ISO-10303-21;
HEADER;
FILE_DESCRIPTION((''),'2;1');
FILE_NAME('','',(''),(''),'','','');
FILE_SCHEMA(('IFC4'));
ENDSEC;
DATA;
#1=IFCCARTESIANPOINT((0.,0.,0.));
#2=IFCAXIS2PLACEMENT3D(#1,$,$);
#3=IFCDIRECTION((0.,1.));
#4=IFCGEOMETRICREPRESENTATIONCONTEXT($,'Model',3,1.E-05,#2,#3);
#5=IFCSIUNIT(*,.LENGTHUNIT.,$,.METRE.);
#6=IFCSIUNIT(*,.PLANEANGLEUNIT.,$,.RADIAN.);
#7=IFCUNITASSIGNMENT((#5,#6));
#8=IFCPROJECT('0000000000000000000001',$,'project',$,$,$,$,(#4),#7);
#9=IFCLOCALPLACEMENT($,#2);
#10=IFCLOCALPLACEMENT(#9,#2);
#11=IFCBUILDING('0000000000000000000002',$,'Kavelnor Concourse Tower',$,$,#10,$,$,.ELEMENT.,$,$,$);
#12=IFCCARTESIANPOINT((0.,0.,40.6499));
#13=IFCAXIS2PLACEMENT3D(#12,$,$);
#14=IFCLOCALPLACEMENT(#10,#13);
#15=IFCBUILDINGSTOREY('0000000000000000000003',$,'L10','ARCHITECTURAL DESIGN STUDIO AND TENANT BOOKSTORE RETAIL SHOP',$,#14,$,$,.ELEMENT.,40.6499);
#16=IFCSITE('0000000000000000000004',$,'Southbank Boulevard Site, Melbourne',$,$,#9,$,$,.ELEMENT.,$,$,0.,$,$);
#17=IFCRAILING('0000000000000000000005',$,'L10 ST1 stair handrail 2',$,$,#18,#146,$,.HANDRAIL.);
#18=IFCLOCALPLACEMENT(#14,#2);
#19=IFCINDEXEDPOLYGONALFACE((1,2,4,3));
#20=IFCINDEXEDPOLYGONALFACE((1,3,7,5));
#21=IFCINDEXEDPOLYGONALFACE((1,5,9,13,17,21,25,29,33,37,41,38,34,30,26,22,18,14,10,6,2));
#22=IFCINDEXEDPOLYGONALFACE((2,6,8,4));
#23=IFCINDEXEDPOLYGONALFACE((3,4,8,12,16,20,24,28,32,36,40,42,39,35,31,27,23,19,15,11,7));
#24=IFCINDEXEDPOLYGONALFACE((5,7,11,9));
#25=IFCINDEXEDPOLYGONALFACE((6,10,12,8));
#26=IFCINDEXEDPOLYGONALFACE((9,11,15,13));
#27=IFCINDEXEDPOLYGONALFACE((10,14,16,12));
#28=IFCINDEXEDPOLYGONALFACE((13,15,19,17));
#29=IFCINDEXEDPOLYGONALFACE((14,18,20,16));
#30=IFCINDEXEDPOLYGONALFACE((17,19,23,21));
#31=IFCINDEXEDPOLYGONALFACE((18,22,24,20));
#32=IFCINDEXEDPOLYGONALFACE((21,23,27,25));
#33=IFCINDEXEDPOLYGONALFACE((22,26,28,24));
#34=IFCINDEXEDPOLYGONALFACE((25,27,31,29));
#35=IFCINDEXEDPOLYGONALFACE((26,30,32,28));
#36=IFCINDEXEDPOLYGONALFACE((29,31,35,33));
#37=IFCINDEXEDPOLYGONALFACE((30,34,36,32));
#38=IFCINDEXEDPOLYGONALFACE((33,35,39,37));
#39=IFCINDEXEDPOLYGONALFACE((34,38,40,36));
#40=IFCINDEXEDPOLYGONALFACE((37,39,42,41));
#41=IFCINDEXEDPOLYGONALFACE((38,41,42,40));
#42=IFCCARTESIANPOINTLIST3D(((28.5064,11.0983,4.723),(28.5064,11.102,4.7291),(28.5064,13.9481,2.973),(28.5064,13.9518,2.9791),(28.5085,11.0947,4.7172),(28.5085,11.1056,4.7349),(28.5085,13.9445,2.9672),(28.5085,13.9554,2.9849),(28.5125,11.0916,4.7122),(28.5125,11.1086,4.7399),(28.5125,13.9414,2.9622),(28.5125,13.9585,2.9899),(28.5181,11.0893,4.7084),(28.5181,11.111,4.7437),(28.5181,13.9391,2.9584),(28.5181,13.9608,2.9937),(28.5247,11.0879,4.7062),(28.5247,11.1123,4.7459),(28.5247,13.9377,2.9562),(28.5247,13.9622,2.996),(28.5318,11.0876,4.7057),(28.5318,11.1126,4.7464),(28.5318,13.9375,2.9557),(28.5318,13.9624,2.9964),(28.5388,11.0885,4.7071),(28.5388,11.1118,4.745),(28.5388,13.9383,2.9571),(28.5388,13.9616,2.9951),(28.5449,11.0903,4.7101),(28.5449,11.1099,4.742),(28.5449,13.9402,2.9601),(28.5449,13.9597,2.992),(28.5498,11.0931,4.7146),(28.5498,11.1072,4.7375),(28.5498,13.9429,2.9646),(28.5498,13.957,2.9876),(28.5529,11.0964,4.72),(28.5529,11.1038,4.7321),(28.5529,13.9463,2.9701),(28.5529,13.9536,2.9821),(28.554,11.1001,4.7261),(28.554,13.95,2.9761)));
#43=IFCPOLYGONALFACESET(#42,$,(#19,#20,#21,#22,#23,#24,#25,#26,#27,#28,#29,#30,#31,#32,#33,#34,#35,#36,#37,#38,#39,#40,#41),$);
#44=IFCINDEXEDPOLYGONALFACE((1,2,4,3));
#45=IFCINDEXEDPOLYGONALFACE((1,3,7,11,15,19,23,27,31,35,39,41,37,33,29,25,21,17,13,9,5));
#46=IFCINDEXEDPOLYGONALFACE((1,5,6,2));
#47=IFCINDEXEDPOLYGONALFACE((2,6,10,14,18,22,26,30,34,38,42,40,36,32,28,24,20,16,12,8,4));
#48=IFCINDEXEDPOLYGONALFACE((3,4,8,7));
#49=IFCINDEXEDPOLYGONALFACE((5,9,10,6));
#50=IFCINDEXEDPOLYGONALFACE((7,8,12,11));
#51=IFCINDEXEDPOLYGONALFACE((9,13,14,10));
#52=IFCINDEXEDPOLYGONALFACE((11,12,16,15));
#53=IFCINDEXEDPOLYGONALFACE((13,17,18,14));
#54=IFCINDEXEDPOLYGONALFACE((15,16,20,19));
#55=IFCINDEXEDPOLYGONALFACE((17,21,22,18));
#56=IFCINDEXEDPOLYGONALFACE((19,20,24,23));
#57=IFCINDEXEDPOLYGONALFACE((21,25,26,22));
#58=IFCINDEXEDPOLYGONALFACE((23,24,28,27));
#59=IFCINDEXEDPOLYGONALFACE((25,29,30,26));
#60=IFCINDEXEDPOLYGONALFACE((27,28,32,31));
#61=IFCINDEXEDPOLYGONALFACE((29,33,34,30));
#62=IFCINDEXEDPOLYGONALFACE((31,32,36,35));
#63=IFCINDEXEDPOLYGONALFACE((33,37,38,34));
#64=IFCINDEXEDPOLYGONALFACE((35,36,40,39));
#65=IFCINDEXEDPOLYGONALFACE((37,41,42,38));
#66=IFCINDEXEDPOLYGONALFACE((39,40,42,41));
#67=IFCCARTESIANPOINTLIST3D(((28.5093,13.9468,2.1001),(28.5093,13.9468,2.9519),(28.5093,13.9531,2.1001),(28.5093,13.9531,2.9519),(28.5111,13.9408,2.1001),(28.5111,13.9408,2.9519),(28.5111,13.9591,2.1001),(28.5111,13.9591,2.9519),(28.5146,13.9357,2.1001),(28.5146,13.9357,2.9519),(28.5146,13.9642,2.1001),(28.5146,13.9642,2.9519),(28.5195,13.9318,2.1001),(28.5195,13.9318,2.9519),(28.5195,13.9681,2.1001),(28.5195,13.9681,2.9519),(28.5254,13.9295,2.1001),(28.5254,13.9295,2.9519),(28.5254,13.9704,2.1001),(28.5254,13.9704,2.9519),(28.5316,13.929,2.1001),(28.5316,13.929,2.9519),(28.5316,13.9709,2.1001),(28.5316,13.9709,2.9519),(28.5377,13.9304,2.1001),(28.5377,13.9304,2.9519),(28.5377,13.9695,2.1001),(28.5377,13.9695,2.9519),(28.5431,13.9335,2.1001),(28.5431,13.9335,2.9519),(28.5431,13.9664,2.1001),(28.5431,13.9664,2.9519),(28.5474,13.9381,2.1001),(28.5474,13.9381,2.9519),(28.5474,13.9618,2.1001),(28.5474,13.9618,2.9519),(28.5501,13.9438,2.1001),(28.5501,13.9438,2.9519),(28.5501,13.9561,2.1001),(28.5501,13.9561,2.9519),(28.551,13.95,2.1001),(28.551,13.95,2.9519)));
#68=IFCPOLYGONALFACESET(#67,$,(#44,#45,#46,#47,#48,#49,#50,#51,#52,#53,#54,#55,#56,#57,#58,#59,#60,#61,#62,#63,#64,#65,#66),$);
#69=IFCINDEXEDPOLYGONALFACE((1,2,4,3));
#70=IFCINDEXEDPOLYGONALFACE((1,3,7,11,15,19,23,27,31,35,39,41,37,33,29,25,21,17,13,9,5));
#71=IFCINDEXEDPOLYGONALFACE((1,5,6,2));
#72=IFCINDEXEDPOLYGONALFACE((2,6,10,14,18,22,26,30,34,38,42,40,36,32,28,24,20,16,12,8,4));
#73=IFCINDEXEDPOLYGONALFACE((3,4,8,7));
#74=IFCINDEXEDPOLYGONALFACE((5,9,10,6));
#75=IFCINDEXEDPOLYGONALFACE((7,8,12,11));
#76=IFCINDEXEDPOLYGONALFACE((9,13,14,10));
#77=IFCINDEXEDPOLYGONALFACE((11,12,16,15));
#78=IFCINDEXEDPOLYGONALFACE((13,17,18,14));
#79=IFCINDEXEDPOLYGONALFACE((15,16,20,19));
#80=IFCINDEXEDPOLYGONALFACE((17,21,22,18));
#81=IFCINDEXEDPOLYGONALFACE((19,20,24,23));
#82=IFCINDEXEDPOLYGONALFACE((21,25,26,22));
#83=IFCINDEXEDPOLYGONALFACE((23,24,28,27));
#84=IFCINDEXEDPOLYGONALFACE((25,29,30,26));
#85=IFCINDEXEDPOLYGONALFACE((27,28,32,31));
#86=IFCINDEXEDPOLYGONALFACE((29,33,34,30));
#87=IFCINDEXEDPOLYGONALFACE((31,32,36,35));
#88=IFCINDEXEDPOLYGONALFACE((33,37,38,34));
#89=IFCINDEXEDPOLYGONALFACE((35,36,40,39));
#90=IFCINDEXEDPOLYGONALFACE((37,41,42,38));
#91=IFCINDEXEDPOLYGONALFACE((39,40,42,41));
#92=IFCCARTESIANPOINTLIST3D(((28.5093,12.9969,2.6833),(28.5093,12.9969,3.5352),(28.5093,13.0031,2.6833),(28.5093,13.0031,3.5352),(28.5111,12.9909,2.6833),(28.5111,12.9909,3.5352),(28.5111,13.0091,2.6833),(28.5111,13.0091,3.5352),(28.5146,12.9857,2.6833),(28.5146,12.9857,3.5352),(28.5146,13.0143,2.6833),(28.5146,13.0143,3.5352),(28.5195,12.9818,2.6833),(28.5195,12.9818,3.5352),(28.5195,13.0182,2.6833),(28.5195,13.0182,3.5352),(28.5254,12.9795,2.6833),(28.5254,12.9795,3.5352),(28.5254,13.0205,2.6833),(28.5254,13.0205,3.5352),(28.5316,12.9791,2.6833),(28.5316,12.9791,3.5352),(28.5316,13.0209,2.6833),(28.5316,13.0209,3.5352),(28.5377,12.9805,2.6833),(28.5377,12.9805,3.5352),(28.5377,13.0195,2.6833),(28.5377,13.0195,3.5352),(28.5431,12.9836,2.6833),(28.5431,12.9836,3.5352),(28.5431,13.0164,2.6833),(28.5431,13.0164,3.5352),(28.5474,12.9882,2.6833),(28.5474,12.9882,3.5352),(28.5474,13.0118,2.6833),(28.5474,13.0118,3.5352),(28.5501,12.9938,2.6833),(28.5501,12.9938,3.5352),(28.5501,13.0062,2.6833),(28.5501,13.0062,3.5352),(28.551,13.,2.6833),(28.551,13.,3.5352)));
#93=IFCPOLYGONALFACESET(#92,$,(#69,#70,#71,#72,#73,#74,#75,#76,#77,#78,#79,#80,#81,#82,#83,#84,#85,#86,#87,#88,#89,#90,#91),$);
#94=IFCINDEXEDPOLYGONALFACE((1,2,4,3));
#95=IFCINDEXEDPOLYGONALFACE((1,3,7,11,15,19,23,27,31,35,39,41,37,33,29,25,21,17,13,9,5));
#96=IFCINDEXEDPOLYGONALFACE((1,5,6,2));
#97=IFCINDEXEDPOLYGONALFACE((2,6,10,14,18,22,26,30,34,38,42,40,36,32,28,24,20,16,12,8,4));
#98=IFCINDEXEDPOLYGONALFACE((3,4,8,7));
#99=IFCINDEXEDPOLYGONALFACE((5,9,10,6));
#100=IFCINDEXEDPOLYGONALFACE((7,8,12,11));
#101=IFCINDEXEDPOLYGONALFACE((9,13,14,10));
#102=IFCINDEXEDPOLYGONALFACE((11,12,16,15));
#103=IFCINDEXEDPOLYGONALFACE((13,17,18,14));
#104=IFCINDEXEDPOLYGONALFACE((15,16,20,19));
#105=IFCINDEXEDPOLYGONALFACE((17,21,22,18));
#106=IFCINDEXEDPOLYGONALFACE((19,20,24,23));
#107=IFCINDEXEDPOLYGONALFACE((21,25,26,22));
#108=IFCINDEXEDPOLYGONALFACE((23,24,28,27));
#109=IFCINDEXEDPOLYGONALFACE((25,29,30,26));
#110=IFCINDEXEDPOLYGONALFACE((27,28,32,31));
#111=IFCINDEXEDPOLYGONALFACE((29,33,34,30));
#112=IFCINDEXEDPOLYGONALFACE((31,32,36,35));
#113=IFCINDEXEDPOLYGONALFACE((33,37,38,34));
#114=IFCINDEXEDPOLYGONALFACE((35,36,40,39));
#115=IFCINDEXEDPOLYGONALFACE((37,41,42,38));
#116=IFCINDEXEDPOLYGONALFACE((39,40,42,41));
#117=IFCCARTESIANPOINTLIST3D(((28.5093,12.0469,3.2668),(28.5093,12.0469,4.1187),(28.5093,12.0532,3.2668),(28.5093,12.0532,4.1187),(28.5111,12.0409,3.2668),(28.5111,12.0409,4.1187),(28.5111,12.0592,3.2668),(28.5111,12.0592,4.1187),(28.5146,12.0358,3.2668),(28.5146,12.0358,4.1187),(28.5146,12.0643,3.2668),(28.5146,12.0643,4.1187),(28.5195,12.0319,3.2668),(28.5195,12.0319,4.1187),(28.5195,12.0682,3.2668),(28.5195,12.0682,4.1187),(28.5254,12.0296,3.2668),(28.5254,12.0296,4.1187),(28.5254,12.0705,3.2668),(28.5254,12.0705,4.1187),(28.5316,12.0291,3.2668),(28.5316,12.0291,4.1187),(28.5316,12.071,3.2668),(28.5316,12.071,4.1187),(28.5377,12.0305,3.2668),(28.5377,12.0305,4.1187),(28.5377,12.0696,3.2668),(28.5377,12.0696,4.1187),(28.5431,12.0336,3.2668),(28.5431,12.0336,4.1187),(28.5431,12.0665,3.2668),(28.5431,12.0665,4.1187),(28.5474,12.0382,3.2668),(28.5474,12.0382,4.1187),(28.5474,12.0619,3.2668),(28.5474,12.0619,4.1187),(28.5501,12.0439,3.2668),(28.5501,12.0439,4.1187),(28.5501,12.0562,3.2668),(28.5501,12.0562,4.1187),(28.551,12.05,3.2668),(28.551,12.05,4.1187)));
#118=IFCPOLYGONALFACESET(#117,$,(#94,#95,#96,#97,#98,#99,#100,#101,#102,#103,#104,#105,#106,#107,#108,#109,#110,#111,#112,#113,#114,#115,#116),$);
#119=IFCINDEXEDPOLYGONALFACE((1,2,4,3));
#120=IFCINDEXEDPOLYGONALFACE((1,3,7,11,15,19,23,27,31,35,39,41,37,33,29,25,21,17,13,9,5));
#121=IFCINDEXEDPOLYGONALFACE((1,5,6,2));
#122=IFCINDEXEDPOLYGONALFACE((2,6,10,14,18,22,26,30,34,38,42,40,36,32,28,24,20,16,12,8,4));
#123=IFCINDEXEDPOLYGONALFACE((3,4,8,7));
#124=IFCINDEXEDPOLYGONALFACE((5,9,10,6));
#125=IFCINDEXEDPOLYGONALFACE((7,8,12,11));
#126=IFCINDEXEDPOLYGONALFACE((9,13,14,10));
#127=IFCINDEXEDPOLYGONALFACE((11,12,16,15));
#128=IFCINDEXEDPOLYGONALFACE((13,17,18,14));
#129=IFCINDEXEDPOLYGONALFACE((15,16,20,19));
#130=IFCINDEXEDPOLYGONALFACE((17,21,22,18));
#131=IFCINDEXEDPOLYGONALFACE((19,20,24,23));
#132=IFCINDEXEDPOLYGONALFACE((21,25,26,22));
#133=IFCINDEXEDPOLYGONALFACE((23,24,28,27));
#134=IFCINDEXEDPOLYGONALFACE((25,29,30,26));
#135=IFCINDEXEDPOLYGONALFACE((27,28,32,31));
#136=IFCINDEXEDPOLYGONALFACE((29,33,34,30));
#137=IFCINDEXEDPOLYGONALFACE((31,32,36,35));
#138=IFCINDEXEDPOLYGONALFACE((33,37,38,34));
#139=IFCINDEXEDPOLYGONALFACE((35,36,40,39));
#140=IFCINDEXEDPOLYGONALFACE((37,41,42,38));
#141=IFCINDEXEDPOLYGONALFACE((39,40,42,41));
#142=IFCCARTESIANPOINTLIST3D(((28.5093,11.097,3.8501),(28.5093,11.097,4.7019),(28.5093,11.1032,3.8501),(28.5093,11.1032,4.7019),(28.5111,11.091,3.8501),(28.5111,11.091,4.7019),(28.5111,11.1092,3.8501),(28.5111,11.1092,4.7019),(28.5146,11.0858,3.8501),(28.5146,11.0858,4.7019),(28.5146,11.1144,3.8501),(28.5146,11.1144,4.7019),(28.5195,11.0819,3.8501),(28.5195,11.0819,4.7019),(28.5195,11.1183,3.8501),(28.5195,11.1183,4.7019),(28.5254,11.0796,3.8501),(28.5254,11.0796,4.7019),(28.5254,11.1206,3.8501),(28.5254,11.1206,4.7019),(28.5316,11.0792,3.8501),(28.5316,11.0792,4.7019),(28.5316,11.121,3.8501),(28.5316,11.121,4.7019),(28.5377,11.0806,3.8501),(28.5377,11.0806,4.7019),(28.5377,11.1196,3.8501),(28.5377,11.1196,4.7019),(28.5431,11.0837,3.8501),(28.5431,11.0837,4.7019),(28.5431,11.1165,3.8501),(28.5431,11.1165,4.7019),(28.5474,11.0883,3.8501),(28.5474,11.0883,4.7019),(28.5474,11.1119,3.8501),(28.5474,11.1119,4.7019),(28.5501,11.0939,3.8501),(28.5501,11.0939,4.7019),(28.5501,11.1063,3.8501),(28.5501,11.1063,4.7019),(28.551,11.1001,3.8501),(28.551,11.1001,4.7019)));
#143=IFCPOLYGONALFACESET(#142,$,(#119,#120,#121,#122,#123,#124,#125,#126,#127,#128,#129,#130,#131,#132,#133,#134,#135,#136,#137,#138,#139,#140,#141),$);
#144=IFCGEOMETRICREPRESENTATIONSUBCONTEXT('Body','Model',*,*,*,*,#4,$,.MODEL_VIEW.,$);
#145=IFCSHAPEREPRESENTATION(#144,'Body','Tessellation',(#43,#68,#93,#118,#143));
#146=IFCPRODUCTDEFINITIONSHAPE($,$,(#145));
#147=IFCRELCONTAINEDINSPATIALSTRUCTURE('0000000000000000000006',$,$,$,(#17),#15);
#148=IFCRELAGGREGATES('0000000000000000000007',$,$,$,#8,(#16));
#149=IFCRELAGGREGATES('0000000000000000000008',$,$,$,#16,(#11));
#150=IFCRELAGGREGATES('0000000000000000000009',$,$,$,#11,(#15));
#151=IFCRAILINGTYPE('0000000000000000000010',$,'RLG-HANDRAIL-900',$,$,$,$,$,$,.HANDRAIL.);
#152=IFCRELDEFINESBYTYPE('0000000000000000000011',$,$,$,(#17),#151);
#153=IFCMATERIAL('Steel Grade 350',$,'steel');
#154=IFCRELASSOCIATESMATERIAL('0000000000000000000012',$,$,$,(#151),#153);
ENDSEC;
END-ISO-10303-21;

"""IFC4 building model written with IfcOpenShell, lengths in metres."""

from ifc_helpers import new_model, si_unit, direction, frame, origin, origin_2d, place, context, subcontext, project, spatial, circle, extrude, material, type_object, element, save


model = new_model("IFC4")

# Units and contexts
model_context = context("Model", 3, precision=1e-05, world=origin(), true_north=direction((0.0, 1.0)))
body_context = subcontext(model_context, "Body", "Model", "MODEL_VIEW")
ifc_project = project(units=[si_unit("LENGTHUNIT", "METRE"), si_unit("PLANEANGLEUNIT", "RADIAN")], contexts=[model_context])

# Site, building, storey
site_placement = place(None, origin())
site = spatial("IfcSite", under=ifc_project, at=site_placement, Name="Southbank Boulevard Site, Melbourne", CompositionType="ELEMENT", RefElevation=0.0)
building_placement = place(site_placement, origin())
building = spatial("IfcBuilding", under=site, at=building_placement, Name="Kavelnor Concourse Tower", CompositionType="ELEMENT")
storey_placement = place(building_placement, frame((0.0, 0.0, 40.6499)))
storey = spatial("IfcBuildingStorey", under=building, at=storey_placement, Name="L10", Description="ARCHITECTURAL DESIGN STUDIO AND TENANT BOOKSTORE RETAIL SHOP", CompositionType="ELEMENT", Elevation=40.6499)

# Shared definitions
ifc_material_1 = material(Name="Steel Grade 350", Category="steel")

# Railing
railing_type_1 = type_object("IfcRailingType", Name="RLG-HANDRAIL-900", PredefinedType="HANDRAIL", material=ifc_material_1)
railing_1_placement = place(storey_placement, frame((28.53, 13.95, 2.1001)))
element("IfcRailing", 1, at=railing_1_placement, inside=storey, type_object=railing_type_1, Name="L10 ST1 stair handrail 2", PredefinedType="HANDRAIL", context=body_context, shape_type="SweptSolid", body=[
    extrude(circle(Radius=0.0239, at=origin_2d()), frame((0.0, 0.0, 0.876), z_axis=(0.0, -0.852159, 0.523283), x_axis=(1.0, 0.0, 0.0)), (0.0, 0.0, 1.0), 3.3442),
    extrude(circle(Radius=0.021, at=origin_2d()), origin(), (0.0, 0.0, 1.0), 0.8518),
    extrude(circle(Radius=0.021, at=origin_2d()), frame((0.0, -0.95, 0.5833)), (0.0, 0.0, 1.0), 0.8518),
    extrude(circle(Radius=0.021, at=origin_2d()), frame((0.0, -1.8999, 1.1667)), (0.0, 0.0, 1.0), 0.8518),
    extrude(circle(Radius=0.021, at=origin_2d()), frame((0.0, -2.8499, 1.75)), (0.0, 0.0, 1.0), 0.8518),
])

save(model, "model.ifc")
